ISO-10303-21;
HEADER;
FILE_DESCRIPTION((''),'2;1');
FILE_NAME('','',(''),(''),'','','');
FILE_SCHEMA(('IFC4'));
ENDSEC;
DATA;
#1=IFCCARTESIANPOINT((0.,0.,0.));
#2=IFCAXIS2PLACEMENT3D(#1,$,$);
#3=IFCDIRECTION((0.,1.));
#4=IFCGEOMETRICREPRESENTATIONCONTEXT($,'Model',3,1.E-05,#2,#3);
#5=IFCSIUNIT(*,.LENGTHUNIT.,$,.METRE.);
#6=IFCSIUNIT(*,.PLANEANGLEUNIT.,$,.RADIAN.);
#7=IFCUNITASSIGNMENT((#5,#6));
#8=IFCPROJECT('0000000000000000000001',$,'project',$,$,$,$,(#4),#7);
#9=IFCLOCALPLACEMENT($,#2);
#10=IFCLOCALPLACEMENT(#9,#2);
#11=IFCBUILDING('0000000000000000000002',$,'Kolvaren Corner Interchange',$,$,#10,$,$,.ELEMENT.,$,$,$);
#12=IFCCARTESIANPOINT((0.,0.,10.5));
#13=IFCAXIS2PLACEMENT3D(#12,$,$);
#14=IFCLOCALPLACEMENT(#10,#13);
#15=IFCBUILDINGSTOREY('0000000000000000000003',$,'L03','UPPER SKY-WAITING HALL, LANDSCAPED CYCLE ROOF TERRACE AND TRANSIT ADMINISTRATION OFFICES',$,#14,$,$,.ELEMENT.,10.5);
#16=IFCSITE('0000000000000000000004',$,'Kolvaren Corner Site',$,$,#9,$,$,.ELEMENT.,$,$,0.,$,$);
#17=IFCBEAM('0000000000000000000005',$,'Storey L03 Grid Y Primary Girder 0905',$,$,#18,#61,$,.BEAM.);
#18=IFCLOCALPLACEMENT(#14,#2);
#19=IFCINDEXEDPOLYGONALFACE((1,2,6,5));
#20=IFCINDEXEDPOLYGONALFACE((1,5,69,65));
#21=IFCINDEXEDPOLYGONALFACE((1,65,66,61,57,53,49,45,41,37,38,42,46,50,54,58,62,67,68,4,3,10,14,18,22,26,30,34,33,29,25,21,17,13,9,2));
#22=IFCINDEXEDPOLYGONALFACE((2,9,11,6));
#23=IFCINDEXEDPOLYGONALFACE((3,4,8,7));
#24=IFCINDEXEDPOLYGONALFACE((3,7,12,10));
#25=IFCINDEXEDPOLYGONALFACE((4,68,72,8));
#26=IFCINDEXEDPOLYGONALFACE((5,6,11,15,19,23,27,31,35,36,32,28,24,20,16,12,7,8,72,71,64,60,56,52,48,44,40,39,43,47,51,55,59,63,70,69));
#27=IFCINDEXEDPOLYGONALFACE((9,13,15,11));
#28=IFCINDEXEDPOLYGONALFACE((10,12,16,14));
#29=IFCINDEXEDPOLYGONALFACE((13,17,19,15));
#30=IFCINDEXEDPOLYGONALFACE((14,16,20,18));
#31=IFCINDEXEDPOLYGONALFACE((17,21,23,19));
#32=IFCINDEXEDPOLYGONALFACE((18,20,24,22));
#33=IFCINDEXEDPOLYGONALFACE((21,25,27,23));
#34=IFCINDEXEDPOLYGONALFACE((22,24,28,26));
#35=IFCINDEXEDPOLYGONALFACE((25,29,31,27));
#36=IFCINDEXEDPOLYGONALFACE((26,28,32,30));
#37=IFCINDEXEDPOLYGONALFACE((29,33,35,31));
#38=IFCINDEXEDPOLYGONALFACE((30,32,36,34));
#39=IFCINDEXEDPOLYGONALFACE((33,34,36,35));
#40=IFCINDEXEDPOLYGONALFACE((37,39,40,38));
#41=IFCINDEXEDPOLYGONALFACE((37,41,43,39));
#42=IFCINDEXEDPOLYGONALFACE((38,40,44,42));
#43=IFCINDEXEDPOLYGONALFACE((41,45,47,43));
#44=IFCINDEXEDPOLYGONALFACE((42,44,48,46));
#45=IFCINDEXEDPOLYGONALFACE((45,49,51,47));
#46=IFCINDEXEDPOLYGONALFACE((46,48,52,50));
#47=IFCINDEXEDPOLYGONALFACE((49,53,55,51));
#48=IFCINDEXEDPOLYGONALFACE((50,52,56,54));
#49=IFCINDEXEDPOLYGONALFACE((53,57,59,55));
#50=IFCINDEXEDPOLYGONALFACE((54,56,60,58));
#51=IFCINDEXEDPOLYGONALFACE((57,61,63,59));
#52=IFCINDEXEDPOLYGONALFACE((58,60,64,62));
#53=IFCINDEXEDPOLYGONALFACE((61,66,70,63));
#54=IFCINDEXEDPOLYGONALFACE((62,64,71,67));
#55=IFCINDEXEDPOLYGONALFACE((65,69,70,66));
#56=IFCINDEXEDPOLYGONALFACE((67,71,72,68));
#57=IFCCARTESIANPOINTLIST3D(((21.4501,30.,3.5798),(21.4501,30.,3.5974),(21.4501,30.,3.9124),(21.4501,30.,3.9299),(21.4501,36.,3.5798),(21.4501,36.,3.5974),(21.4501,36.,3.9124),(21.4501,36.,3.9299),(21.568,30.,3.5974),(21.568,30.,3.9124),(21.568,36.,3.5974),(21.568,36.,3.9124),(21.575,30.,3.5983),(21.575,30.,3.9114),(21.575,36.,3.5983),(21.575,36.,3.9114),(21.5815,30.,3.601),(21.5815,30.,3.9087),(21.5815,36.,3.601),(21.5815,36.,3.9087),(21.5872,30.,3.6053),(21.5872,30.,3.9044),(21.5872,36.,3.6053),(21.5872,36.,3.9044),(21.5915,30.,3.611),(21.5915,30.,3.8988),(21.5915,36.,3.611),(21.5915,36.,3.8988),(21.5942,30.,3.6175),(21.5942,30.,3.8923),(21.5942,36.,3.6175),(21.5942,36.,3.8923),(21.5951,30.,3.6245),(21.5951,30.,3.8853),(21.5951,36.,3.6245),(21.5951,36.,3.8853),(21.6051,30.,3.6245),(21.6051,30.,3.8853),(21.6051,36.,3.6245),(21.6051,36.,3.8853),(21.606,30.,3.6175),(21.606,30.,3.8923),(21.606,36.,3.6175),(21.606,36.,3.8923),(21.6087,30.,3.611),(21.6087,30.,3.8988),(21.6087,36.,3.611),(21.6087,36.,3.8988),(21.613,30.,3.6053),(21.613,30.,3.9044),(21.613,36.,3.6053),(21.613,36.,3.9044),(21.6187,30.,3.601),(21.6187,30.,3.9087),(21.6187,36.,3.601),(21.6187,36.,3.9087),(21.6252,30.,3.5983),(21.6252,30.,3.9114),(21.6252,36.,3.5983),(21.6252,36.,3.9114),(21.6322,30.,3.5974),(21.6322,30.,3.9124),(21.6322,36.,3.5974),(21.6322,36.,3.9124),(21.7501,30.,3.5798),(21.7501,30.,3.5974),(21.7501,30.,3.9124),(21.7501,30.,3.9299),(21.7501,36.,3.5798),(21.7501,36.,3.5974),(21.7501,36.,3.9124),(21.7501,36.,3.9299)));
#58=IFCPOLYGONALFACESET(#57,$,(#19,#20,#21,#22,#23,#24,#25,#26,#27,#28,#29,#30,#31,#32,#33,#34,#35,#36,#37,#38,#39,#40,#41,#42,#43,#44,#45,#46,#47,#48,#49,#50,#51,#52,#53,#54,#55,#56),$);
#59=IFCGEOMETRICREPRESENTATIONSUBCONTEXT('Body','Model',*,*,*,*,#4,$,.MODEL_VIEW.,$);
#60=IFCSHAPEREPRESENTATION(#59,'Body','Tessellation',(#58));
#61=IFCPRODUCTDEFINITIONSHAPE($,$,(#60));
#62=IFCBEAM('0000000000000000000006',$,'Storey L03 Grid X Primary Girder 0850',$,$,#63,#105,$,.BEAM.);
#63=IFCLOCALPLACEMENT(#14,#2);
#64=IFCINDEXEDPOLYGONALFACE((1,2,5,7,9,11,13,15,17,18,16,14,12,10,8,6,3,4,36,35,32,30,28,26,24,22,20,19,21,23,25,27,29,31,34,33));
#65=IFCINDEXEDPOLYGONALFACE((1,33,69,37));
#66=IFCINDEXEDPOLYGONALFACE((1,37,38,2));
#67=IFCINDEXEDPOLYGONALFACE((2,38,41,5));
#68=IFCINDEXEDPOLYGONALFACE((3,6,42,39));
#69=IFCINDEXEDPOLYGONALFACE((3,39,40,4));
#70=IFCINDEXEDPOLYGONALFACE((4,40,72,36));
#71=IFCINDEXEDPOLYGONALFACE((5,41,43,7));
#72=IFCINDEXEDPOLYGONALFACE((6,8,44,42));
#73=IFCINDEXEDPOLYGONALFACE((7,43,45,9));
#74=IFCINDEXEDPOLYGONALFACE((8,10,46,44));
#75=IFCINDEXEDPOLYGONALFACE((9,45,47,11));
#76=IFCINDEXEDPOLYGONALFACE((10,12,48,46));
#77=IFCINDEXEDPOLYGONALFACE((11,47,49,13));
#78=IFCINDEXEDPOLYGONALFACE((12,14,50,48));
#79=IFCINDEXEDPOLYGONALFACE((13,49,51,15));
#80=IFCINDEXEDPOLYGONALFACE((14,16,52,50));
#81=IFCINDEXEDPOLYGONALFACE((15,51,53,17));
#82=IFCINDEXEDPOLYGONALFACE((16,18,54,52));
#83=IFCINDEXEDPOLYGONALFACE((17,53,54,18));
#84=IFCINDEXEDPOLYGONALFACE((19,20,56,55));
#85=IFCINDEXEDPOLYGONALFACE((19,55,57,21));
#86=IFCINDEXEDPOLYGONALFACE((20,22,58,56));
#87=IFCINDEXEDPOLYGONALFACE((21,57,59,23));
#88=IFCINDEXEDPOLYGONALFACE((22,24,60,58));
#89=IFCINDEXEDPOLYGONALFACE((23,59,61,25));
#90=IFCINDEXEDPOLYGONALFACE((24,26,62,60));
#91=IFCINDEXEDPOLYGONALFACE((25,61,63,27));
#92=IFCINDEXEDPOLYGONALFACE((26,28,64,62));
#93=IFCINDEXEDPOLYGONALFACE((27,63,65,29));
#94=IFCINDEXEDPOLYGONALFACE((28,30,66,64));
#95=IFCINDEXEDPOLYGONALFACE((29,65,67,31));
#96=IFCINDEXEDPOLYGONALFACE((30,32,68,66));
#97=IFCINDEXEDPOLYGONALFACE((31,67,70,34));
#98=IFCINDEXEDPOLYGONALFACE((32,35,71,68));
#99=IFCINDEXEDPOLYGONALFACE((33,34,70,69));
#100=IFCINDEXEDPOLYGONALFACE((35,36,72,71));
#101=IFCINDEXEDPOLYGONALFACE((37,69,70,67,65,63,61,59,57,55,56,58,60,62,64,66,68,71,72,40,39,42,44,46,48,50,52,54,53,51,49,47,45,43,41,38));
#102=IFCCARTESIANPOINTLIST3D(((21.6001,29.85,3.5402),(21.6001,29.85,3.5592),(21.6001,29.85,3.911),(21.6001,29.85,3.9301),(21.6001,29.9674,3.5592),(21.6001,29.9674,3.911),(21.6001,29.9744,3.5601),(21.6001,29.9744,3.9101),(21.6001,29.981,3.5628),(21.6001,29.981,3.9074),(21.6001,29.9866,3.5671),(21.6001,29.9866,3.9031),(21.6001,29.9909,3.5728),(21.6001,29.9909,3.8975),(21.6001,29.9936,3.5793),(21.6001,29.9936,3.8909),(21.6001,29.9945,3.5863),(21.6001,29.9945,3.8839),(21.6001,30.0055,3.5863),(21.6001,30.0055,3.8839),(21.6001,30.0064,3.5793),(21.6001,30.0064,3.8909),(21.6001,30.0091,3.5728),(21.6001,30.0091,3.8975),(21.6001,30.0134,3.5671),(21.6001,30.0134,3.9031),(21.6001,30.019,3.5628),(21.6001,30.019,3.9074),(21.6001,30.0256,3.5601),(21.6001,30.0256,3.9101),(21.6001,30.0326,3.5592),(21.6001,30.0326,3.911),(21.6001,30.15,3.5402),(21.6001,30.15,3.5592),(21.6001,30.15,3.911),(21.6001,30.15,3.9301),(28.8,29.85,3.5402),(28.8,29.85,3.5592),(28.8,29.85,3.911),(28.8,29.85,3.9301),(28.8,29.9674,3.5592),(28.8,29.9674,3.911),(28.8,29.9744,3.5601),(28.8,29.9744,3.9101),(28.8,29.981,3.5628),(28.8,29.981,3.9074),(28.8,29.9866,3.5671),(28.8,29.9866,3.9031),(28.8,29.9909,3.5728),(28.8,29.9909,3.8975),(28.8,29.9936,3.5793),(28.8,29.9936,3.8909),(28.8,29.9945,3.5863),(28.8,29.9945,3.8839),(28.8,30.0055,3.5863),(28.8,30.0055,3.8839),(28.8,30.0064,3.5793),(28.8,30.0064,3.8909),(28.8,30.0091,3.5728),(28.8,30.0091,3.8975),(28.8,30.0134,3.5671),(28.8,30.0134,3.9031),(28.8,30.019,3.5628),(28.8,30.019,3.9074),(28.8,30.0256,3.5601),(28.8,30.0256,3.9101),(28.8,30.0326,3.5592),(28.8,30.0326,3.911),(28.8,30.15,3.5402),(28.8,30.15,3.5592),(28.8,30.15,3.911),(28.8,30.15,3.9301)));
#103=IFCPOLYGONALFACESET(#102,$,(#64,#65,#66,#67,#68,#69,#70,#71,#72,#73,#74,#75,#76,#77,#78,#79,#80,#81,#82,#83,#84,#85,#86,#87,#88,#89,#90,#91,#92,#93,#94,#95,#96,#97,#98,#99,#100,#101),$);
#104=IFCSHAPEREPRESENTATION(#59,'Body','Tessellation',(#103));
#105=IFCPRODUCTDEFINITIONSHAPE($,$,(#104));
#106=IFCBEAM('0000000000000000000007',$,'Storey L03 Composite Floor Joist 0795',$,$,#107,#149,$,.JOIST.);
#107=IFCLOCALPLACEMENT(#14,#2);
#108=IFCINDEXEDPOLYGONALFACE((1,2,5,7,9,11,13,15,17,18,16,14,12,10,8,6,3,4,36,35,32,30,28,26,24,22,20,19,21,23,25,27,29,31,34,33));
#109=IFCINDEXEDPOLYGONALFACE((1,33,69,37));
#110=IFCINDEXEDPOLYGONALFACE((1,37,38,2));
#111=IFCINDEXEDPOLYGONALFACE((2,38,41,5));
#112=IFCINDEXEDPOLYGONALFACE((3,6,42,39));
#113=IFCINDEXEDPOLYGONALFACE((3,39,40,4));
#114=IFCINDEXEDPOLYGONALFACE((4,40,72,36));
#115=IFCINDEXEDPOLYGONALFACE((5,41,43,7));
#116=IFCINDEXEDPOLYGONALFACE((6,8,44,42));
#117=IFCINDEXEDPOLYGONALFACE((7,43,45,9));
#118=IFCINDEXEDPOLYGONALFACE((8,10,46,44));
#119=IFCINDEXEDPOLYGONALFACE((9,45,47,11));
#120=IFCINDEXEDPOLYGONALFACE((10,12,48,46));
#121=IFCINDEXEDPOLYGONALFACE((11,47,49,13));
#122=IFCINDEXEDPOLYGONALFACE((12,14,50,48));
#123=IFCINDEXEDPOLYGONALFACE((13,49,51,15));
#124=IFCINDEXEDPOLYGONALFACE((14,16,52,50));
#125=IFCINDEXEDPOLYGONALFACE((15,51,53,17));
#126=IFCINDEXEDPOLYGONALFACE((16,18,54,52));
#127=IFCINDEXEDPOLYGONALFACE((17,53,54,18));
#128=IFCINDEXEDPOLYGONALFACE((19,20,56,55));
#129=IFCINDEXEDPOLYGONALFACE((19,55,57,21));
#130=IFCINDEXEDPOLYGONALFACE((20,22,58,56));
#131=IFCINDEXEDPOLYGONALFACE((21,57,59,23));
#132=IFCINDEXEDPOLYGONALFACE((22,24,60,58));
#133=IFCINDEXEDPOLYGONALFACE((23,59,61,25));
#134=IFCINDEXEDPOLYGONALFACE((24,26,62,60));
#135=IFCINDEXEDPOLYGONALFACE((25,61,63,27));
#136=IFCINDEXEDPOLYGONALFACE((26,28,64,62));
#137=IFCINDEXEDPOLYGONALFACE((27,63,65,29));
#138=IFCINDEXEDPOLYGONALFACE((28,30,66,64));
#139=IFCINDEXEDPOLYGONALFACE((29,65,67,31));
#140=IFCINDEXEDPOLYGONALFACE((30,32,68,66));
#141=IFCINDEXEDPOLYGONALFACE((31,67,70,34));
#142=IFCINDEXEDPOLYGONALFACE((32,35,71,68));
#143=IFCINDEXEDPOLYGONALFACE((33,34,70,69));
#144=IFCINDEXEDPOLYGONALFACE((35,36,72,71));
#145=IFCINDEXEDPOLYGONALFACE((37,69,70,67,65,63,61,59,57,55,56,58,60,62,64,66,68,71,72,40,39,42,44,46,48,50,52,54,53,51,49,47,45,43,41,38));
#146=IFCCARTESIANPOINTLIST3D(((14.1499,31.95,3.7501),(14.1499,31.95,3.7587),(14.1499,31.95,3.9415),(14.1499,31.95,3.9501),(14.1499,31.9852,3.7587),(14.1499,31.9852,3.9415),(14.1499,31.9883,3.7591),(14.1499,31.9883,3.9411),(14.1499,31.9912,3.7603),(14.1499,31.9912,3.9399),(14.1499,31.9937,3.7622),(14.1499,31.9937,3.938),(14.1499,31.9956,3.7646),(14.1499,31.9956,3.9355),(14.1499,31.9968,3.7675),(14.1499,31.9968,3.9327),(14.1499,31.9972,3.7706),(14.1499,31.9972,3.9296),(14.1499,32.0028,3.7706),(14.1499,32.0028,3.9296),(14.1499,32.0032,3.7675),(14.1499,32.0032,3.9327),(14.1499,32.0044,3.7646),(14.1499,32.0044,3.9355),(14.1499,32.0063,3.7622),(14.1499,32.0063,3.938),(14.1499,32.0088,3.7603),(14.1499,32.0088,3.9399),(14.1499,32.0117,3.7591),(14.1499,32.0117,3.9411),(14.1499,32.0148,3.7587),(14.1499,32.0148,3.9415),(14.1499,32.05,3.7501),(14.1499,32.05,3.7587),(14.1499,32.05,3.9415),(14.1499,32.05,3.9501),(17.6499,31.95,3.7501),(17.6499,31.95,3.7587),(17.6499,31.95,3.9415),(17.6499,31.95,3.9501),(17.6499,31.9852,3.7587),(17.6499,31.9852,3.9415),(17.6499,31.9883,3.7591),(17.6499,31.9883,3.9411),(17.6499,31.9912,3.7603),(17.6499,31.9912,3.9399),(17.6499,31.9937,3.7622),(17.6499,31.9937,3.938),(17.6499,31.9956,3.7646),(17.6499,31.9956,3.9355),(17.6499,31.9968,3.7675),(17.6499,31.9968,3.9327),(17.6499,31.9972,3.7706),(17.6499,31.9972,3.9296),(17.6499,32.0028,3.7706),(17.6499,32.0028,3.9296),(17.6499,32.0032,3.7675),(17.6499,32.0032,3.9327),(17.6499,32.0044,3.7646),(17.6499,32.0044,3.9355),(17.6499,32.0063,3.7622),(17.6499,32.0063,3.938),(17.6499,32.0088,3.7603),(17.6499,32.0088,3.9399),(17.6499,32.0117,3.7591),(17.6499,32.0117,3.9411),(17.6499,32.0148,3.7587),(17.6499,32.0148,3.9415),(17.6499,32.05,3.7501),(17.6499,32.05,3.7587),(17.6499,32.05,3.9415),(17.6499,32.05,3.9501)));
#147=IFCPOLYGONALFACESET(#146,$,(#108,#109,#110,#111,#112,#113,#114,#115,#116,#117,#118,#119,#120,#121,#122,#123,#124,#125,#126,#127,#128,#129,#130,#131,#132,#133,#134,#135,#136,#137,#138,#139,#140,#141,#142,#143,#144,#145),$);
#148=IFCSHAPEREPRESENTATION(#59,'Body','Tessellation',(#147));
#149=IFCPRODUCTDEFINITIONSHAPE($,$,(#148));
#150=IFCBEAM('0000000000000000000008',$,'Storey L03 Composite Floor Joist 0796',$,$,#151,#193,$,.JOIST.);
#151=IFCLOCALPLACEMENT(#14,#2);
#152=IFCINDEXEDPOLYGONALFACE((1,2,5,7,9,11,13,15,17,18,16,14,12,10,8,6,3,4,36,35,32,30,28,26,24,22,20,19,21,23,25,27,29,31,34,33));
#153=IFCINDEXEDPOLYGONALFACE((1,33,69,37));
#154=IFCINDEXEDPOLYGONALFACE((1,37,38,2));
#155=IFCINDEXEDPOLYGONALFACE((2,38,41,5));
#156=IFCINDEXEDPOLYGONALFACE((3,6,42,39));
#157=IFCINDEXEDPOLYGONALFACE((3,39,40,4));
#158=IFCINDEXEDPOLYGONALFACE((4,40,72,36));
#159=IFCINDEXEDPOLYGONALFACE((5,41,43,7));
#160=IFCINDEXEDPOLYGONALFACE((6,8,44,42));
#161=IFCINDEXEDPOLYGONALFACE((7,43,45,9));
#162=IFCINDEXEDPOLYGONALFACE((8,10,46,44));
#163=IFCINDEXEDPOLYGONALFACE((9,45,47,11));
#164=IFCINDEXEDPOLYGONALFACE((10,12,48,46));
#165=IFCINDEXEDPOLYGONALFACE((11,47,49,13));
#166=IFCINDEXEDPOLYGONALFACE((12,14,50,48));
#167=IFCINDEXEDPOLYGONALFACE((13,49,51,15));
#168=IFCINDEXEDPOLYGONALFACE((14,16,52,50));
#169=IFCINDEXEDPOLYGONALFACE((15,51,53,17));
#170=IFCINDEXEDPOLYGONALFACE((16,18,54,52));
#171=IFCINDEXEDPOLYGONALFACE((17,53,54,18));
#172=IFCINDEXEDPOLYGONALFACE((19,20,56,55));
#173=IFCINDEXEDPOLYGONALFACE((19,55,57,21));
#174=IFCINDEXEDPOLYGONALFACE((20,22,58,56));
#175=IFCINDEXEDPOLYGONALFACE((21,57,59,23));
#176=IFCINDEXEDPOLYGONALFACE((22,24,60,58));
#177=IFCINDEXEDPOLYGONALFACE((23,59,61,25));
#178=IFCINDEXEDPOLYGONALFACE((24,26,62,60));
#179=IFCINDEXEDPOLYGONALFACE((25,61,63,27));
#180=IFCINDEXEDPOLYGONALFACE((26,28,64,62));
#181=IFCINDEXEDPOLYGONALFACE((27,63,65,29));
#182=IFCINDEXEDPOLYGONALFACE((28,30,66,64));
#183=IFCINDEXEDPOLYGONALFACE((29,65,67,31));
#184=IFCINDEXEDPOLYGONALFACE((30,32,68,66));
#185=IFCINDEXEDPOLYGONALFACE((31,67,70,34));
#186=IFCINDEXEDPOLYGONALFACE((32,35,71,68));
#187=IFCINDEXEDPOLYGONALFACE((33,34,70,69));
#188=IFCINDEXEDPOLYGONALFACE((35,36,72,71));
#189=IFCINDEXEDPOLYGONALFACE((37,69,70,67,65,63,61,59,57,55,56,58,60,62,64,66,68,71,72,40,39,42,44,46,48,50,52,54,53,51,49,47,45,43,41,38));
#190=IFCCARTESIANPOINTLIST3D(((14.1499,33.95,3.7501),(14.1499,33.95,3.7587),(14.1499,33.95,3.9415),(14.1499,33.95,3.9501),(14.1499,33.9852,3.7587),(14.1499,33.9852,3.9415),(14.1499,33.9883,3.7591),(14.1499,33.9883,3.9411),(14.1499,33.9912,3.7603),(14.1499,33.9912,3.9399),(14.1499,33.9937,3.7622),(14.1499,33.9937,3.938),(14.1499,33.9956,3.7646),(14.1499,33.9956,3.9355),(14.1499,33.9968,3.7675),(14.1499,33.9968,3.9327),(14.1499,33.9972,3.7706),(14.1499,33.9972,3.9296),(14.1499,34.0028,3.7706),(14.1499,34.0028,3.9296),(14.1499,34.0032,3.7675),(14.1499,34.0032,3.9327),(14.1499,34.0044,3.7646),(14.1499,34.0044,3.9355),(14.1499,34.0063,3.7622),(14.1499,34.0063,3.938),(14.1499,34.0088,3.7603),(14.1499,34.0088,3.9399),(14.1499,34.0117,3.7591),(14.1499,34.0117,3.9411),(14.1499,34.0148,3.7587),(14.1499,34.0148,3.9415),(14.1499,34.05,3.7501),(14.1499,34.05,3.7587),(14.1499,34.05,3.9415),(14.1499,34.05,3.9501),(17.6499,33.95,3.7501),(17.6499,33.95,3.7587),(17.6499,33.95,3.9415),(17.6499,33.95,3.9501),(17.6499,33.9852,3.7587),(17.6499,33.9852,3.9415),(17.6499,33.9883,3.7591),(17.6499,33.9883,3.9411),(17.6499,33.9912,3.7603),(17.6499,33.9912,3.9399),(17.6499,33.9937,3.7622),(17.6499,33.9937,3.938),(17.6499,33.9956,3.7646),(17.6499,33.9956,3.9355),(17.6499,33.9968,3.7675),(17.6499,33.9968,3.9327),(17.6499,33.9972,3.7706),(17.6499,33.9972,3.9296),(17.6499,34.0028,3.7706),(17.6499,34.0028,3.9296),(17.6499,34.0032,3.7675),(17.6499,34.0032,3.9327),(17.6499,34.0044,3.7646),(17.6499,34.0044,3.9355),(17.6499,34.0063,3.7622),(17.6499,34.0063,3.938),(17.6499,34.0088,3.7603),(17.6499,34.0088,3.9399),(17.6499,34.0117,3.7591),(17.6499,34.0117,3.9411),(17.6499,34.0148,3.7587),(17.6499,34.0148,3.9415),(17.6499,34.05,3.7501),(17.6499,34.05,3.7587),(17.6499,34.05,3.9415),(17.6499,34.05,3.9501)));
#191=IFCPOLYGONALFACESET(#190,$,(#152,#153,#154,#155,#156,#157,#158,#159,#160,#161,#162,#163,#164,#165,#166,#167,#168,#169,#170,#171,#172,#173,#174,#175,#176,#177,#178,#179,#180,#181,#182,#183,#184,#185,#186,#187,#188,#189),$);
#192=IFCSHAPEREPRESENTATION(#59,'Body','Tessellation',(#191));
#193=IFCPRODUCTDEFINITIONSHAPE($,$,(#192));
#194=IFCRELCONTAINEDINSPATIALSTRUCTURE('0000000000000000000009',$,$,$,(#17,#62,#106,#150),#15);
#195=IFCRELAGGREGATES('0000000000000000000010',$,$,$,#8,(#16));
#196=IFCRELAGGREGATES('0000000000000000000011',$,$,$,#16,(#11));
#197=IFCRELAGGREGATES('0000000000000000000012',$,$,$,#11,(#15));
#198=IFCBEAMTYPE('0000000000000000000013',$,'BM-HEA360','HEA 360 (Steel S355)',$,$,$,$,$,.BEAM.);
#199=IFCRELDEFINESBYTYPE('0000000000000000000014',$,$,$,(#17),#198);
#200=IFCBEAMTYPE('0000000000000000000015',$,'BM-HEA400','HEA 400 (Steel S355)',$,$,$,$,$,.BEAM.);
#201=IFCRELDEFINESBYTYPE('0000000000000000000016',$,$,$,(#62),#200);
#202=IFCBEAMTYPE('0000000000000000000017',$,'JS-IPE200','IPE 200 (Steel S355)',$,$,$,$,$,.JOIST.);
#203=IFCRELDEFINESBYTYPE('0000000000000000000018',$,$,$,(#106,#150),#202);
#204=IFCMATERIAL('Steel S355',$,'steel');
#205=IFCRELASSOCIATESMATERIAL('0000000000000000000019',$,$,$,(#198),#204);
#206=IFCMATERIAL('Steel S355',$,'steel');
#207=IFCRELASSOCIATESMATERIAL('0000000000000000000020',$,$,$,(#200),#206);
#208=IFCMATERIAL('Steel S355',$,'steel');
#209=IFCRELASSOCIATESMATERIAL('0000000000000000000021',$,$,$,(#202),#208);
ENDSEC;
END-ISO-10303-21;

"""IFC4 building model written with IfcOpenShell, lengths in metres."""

from ifc_helpers import new_model, si_unit, direction, frame, origin, origin_2d, place, context, subcontext, project, spatial, i_section, extrude, material, material_profile, profile_set, type_object, element, save


model = new_model("IFC4")

# Units and contexts
model_context = context("Model", 3, precision=1e-05, world=origin(), true_north=direction((0.0, 1.0)))
body_context = subcontext(model_context, "Body", "Model", "MODEL_VIEW")
ifc_project = project(units=[si_unit("LENGTHUNIT", "METRE"), si_unit("PLANEANGLEUNIT", "RADIAN")], contexts=[model_context])

# Site, building, storey
site_placement = place(None, origin())
site = spatial("IfcSite", under=ifc_project, at=site_placement, Name="Kolvaren Corner Site", CompositionType="ELEMENT", RefElevation=0.0)
building_placement = place(site_placement, origin())
building = spatial("IfcBuilding", under=site, at=building_placement, Name="Kolvaren Corner Interchange", CompositionType="ELEMENT")
storey_placement = place(building_placement, frame((0.0, 0.0, 10.5)))
storey = spatial("IfcBuildingStorey", under=building, at=storey_placement, Name="L03", Description="UPPER SKY-WAITING HALL, LANDSCAPED CYCLE ROOF TERRACE AND TRANSIT ADMINISTRATION OFFICES", CompositionType="ELEMENT", Elevation=10.5)

# Beams
ifc_material_1 = material(Name="Steel S355", Category="steel")
ifc_material_profile_1 = material_profile(ifc_material_1, i_section(OverallWidth=0.3, OverallDepth=0.3501, WebThickness=0.01, FlangeThickness=0.0176, FilletRadius=0.0271, at=origin_2d()), Name="HEA 360")
ifc_profile_set_1 = profile_set([ifc_material_profile_1], Name="Steel S355")
beam_type_1 = type_object("IfcBeamType", Name="BM-HEA360", Description="HEA 360 (Steel S355)", PredefinedType="BEAM", material=ifc_profile_set_1)
for number, where, z_axis, x_axis, name in (
    (1, (21.6001, 30.0, 3.7549), (0.0, 1.0, 0.0), (-1.0, 0.0, 0.0), "Storey L03 Grid Y Primary Girder 0905"),
):
    element("IfcBeam", number, at=place(storey_placement, frame(where, z_axis=z_axis, x_axis=x_axis)), inside=storey, type_object=beam_type_1, Name=name, PredefinedType="BEAM", context=body_context, shape_type="SweptSolid", body=[
        extrude(i_section(OverallWidth=0.3, OverallDepth=0.3501, WebThickness=0.01, FlangeThickness=0.0176, FilletRadius=0.0271, at=origin_2d()), origin(), (0.0, 0.0, 1.0), 6.0),
    ])
ifc_material_2 = material(Name="Steel S355", Category="steel")
ifc_material_profile_2 = material_profile(ifc_material_2, i_section(OverallWidth=0.3, OverallDepth=0.3899, WebThickness=0.011, FlangeThickness=0.019, FilletRadius=0.0271, at=origin_2d()), Name="HEA 400")
ifc_profile_set_2 = profile_set([ifc_material_profile_2], Name="Steel S355")
beam_type_2 = type_object("IfcBeamType", Name="BM-HEA400", Description="HEA 400 (Steel S355)", PredefinedType="BEAM", material=ifc_profile_set_2)
beam_placement = place(storey_placement, frame((21.6001, 30.0, 3.7351), z_axis=(1.0, 0.0, 0.0), x_axis=(0.0, 1.0, 0.0)))
element("IfcBeam", 2, at=beam_placement, inside=storey, type_object=beam_type_2, Name="Storey L03 Grid X Primary Girder 0850", PredefinedType="BEAM", context=body_context, shape_type="SweptSolid", body=[
    extrude(i_section(OverallWidth=0.3, OverallDepth=0.3899, WebThickness=0.011, FlangeThickness=0.019, FilletRadius=0.0271, at=origin_2d()), origin(), (0.0, 0.0, 1.0), 7.2),
])
ifc_material_3 = material(Name="Steel S355", Category="steel")
ifc_material_profile_3 = material_profile(ifc_material_3, i_section(OverallWidth=0.1001, OverallDepth=0.2, WebThickness=0.0056, FlangeThickness=0.0085, FilletRadius=0.012, at=origin_2d()), Name="IPE 200")
ifc_profile_set_3 = profile_set([ifc_material_profile_3], Name="Steel S355")
beam_type_3 = type_object("IfcBeamType", Name="JS-IPE200", Description="IPE 200 (Steel S355)", PredefinedType="JOIST", material=ifc_profile_set_3)
for number, where, z_axis, x_axis, name in (
    (3, (14.1499, 32.0, 3.8501), (1.0, 0.0, 0.0), (0.0, 1.0, 0.0), "Storey L03 Composite Floor Joist 0795"),
    (4, (14.1499, 34.0, 3.8501), (1.0, 0.0, 0.0), (0.0, 1.0, 0.0), "Storey L03 Composite Floor Joist 0796"),
):
    element("IfcBeam", number, at=place(storey_placement, frame(where, z_axis=z_axis, x_axis=x_axis)), inside=storey, type_object=beam_type_3, Name=name, PredefinedType="JOIST", context=body_context, shape_type="SweptSolid", body=[
        extrude(i_section(OverallWidth=0.1001, OverallDepth=0.2, WebThickness=0.0056, FlangeThickness=0.0085, FilletRadius=0.012, at=origin_2d()), origin(), (0.0, 0.0, 1.0), 3.5),
    ])

save(model, "model.ifc")
